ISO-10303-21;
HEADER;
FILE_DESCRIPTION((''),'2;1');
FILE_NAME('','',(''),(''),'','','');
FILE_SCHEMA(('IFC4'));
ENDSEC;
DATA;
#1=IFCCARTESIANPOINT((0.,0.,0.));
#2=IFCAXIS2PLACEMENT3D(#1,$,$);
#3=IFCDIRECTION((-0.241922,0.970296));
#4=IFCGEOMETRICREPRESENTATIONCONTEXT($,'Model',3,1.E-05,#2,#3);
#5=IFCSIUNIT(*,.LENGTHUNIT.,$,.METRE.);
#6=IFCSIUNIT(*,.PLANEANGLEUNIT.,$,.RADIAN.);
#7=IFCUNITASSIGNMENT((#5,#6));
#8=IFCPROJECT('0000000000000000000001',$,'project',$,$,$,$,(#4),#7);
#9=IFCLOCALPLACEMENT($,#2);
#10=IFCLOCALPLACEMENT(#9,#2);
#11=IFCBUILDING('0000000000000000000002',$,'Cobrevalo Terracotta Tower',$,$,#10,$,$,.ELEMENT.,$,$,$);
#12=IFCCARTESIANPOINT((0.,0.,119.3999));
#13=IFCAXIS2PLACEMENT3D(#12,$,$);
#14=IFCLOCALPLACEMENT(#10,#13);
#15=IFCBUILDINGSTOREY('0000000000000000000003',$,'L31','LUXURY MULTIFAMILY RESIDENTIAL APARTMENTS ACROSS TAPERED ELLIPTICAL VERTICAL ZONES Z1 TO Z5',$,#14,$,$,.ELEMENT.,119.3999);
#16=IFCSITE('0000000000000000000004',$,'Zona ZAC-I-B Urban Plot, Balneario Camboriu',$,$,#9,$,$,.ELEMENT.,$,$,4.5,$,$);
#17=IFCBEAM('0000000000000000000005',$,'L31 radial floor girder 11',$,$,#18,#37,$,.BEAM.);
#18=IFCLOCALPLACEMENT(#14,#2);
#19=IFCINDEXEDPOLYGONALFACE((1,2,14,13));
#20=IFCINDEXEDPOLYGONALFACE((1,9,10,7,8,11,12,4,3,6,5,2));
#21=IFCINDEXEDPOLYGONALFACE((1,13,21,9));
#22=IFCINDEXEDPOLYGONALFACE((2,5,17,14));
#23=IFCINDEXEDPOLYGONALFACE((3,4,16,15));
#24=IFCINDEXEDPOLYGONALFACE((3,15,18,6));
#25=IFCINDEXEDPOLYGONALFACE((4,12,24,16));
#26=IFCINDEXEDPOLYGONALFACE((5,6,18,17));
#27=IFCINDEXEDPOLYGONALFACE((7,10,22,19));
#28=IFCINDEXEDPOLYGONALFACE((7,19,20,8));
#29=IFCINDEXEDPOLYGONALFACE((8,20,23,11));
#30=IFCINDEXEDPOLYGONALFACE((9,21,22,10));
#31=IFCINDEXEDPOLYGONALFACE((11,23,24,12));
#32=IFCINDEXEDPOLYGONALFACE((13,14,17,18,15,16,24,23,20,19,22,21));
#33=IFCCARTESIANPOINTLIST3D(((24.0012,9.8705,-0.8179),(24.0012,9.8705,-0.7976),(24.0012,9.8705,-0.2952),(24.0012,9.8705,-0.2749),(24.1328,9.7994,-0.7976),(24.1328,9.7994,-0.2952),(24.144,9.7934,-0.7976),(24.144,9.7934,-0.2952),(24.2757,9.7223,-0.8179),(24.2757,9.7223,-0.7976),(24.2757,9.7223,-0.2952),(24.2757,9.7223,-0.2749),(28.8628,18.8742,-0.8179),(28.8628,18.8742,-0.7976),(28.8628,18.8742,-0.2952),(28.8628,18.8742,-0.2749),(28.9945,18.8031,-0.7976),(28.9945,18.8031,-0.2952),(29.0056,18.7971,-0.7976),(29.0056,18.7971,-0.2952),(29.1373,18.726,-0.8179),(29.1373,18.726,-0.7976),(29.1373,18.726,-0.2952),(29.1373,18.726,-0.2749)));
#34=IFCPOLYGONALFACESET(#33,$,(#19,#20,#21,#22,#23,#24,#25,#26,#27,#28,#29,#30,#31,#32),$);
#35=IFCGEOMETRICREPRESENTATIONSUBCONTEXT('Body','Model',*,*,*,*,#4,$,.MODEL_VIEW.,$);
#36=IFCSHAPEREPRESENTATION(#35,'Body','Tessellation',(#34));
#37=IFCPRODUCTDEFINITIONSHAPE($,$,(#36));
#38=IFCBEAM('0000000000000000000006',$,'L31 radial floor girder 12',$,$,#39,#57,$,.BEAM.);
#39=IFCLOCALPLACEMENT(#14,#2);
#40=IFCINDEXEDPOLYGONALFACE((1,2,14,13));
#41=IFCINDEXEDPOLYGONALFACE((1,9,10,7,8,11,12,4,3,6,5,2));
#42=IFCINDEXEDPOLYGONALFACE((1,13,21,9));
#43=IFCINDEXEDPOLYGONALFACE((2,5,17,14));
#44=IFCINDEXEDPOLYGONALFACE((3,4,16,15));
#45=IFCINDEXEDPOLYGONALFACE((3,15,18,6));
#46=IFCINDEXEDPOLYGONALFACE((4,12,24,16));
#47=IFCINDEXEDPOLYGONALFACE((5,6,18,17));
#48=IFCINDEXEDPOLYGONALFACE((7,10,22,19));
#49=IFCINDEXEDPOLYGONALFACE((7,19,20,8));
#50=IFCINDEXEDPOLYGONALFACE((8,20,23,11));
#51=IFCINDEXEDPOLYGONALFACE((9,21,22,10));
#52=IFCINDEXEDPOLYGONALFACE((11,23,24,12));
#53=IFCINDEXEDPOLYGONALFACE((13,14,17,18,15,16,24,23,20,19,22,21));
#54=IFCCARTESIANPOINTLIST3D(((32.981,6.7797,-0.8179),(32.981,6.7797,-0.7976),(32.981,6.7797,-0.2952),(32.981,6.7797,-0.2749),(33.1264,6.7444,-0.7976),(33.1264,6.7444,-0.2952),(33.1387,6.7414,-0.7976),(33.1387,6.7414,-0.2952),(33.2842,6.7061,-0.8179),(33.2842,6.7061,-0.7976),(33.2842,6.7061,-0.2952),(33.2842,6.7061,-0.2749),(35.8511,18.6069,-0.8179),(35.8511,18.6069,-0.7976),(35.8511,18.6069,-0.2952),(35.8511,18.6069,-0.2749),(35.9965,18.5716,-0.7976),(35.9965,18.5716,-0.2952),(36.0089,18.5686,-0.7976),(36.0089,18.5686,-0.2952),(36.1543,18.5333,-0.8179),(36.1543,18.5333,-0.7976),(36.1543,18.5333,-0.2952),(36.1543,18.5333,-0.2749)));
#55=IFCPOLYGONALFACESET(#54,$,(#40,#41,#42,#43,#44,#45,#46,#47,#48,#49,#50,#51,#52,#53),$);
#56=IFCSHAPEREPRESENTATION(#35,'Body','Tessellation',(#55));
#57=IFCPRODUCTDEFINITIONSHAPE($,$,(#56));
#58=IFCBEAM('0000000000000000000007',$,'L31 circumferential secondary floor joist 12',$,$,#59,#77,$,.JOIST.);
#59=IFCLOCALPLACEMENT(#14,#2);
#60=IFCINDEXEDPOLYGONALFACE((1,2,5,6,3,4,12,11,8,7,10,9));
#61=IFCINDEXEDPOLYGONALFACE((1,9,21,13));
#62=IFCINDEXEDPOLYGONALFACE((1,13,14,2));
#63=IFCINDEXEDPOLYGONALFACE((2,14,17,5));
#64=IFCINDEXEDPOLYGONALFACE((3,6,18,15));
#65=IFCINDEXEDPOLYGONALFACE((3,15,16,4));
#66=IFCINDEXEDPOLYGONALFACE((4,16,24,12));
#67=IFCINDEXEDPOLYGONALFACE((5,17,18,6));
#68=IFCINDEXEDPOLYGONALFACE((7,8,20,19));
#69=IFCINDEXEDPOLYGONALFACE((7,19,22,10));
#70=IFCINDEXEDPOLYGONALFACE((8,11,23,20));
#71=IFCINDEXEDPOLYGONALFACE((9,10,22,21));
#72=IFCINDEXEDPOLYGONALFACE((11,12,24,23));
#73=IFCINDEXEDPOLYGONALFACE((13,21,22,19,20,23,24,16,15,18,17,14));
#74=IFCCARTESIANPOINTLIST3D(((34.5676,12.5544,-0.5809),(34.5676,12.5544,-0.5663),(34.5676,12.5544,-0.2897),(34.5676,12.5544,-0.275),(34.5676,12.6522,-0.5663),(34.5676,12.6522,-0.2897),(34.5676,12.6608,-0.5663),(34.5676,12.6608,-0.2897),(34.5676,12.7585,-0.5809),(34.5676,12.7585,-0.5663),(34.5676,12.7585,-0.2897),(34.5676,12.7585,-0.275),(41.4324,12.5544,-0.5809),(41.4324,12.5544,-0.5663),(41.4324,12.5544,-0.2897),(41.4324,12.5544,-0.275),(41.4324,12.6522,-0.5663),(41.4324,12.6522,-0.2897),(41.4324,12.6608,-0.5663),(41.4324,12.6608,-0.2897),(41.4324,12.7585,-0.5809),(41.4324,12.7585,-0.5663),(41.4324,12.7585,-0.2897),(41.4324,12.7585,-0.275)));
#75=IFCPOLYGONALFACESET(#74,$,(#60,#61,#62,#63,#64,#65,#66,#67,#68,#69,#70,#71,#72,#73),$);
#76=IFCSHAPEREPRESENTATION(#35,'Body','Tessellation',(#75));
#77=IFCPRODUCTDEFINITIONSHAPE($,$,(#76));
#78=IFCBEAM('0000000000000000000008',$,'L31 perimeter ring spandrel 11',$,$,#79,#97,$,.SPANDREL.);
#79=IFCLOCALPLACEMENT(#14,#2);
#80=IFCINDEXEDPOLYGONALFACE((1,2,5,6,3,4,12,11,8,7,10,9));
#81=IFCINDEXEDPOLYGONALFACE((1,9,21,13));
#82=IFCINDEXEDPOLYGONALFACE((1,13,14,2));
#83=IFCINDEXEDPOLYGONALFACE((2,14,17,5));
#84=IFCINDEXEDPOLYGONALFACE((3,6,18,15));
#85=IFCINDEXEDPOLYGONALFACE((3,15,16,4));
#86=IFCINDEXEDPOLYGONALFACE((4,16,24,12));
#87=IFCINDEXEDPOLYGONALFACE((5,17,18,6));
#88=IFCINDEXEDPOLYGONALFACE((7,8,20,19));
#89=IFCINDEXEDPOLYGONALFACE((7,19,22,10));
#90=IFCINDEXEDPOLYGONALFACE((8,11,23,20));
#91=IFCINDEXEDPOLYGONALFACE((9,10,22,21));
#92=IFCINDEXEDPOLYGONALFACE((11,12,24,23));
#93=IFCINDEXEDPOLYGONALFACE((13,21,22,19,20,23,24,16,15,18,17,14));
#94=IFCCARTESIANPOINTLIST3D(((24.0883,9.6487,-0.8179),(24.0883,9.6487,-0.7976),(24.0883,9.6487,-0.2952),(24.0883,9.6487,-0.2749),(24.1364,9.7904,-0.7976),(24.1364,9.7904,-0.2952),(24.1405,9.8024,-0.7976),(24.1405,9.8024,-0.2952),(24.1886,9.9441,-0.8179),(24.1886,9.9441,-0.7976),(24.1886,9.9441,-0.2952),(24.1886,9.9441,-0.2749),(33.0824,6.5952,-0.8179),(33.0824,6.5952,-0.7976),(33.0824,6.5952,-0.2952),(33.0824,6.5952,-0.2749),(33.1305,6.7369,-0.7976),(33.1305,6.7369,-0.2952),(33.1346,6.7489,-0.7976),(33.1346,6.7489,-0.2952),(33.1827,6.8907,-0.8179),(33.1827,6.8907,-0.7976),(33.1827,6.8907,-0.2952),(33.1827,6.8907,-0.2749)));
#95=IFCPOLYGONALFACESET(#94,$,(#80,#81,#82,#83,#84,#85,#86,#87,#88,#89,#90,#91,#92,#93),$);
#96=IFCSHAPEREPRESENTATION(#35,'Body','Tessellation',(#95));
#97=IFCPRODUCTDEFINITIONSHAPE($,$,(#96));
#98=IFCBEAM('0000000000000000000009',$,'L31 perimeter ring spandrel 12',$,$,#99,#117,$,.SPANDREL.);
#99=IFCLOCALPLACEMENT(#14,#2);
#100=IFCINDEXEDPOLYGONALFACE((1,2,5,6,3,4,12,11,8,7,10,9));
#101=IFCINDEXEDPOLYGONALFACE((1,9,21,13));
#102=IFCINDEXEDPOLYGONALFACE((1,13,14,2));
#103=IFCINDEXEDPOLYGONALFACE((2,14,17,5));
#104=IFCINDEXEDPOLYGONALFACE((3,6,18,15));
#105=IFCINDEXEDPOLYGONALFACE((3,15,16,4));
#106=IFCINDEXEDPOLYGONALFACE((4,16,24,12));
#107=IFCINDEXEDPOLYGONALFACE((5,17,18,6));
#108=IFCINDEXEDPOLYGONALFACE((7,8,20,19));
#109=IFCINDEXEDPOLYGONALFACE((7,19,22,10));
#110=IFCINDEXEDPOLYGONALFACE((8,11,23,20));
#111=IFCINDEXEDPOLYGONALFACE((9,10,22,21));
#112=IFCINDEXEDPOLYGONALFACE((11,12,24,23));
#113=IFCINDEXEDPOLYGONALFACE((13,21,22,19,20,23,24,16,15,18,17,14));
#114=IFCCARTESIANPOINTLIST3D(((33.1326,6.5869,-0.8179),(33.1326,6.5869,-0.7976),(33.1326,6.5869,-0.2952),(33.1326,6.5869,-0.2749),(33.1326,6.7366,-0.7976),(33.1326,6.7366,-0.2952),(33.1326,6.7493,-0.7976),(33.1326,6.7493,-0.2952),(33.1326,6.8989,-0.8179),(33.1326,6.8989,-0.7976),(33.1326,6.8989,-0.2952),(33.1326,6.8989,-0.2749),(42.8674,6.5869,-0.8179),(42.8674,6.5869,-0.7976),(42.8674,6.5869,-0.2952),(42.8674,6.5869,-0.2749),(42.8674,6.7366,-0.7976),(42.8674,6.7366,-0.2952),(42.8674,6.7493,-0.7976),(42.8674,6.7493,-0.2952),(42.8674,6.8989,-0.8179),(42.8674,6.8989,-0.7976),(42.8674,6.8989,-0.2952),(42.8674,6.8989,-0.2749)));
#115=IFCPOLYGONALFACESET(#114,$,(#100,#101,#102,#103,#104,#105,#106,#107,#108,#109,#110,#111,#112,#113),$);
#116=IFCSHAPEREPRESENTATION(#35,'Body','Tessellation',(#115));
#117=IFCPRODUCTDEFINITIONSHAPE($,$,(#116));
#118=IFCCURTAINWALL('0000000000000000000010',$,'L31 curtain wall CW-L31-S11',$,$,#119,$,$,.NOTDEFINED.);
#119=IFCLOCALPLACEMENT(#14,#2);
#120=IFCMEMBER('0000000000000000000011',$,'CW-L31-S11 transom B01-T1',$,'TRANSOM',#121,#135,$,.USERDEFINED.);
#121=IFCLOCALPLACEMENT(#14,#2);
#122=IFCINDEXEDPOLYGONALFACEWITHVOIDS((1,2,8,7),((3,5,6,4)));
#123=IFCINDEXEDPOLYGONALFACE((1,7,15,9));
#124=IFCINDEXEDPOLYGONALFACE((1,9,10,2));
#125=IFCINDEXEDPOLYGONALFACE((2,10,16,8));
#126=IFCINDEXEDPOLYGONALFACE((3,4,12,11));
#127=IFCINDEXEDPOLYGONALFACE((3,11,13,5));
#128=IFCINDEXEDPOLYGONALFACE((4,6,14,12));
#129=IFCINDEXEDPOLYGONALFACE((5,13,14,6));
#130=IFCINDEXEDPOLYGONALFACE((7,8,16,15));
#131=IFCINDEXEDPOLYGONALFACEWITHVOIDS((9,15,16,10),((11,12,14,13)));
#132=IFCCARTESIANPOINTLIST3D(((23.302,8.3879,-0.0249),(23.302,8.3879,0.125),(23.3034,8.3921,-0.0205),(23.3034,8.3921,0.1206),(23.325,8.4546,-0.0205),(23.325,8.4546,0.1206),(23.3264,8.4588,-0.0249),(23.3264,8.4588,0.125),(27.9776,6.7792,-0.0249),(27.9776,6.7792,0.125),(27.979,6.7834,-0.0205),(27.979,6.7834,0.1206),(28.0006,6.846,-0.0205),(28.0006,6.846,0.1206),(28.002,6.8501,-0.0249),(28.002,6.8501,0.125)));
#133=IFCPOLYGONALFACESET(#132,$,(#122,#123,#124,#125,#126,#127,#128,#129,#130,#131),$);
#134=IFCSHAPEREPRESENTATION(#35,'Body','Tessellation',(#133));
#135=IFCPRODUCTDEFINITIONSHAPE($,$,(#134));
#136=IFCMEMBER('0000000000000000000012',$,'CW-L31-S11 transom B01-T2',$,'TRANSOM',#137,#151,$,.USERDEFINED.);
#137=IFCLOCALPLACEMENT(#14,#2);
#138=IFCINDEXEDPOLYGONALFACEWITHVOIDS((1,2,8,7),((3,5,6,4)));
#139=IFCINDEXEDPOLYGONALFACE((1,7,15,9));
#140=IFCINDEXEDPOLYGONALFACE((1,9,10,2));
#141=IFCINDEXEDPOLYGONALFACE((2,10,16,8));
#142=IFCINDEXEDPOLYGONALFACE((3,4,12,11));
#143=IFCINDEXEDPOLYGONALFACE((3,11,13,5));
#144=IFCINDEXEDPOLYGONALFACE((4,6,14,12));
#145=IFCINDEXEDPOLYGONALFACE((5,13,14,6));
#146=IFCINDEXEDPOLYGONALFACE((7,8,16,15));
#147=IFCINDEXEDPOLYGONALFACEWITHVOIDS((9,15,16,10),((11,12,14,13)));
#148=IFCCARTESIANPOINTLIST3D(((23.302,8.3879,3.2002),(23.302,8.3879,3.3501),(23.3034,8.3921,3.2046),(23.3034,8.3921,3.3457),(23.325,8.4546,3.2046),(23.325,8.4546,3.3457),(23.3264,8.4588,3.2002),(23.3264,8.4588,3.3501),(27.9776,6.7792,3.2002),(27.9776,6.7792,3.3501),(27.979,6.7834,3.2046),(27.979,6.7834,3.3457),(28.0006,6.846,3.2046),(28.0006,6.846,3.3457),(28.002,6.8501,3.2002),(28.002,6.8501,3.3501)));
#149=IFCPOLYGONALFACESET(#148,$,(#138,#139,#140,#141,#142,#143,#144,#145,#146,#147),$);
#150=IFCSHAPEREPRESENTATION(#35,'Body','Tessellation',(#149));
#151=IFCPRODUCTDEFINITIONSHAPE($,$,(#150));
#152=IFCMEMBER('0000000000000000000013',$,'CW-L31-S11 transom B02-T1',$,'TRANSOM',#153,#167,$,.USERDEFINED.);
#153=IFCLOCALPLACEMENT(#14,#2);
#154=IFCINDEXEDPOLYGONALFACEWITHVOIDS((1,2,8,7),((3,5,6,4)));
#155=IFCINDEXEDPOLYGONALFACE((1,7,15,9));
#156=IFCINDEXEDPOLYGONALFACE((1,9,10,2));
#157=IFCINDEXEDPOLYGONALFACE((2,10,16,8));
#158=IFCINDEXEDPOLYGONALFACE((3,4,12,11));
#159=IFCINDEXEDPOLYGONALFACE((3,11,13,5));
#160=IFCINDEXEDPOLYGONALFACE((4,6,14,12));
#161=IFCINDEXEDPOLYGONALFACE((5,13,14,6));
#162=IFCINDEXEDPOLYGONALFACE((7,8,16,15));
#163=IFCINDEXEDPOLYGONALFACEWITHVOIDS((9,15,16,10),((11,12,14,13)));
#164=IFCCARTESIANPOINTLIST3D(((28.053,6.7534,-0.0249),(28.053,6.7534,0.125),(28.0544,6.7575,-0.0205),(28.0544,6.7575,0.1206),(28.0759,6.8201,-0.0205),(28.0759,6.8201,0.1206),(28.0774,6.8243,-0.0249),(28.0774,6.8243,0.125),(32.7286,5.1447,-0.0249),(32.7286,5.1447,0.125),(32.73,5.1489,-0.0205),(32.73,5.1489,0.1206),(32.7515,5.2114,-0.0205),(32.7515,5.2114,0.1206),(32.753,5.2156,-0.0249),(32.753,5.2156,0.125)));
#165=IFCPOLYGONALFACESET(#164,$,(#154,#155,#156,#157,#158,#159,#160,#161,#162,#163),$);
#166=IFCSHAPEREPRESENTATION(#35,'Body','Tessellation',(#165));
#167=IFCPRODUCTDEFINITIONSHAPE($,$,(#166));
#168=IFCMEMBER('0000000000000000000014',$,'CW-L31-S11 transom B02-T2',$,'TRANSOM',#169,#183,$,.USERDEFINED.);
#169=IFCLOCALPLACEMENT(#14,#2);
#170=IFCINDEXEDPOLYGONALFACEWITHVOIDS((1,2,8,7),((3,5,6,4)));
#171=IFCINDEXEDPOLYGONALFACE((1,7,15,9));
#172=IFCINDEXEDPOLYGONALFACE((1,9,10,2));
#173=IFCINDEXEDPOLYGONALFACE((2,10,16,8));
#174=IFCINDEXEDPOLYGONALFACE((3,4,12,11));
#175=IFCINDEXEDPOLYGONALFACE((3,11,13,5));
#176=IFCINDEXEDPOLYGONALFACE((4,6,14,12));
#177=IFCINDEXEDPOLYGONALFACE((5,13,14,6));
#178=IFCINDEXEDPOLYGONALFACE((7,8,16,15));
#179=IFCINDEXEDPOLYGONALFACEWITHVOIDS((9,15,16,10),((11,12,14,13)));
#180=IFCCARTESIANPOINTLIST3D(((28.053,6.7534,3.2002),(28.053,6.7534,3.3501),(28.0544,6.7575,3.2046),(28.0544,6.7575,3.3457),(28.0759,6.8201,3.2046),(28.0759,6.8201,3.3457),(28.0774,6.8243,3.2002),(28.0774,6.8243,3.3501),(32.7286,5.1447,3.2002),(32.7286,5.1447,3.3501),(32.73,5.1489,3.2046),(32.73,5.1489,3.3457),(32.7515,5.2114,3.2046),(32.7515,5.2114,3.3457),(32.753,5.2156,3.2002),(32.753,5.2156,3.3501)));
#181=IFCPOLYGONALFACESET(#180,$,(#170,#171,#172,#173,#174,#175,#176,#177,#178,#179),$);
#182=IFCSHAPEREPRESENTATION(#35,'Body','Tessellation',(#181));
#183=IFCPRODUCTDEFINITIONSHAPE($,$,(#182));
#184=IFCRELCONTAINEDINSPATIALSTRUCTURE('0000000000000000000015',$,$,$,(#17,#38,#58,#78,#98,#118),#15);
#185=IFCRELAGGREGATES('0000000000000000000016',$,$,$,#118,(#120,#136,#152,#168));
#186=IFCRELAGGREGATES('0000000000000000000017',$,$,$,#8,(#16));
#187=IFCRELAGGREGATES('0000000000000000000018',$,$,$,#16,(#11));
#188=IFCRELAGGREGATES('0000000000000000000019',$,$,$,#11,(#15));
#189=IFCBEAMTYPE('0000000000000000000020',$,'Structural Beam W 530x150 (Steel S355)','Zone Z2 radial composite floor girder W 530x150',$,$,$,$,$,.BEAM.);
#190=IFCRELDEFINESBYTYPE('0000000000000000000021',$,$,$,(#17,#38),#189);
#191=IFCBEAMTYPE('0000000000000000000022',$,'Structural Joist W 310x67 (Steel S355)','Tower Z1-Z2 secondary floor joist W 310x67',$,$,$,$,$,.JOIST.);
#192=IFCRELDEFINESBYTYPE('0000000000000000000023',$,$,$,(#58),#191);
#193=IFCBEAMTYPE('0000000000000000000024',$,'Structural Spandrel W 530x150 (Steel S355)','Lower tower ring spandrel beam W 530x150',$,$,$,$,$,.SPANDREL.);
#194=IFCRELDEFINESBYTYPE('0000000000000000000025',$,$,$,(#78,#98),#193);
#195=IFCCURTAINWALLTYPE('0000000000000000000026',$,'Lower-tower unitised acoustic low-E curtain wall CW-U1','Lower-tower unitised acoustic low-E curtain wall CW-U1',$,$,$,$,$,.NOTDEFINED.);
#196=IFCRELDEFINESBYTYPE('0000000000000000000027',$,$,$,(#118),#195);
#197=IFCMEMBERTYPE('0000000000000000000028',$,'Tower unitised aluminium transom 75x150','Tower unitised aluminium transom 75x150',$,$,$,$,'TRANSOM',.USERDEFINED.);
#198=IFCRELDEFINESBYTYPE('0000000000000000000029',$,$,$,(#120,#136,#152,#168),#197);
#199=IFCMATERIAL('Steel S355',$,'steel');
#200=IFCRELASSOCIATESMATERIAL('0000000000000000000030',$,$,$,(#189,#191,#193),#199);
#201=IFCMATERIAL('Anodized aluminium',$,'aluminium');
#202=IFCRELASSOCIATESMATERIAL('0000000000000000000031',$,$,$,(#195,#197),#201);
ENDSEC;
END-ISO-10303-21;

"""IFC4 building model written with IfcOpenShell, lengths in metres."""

from ifc_helpers import new_model, si_unit, direction, frame, origin, origin_2d, place, context, subcontext, project, spatial, hollow_rectangle, i_section, extrude, source, transform, mapped, material, material_profile, profile_set, type_object, element, aggregate, save


model = new_model("IFC4")

# Units and contexts
model_context = context("Model", 3, precision=1e-05, world=origin(), true_north=direction((-0.241922, 0.970296)))
body_context = subcontext(model_context, "Body", "Model", "MODEL_VIEW")
ifc_project = project(units=[si_unit("LENGTHUNIT", "METRE"), si_unit("PLANEANGLEUNIT", "RADIAN")], contexts=[model_context])

# Site, building, storey
site_placement = place(None, origin())
site = spatial("IfcSite", under=ifc_project, at=site_placement, Name="Zona ZAC-I-B Urban Plot, Balneario Camboriu", CompositionType="ELEMENT", RefElevation=4.5)
building_placement = place(site_placement, origin())
building = spatial("IfcBuilding", under=site, at=building_placement, Name="Cobrevalo Terracotta Tower", CompositionType="ELEMENT")
storey_placement = place(building_placement, frame((0.0, 0.0, 119.3999)))
storey = spatial("IfcBuildingStorey", under=building, at=storey_placement, Name="L31", Description="LUXURY MULTIFAMILY RESIDENTIAL APARTMENTS ACROSS TAPERED ELLIPTICAL VERTICAL ZONES Z1 TO Z5", CompositionType="ELEMENT", Elevation=119.3999)

# Shared definitions
ifc_material_1 = material(Name="Steel S355", Category="steel")

# Beams
ifc_material_profile_1 = material_profile(ifc_material_1, i_section(OverallWidth=0.312, OverallDepth=0.543, WebThickness=0.0127, FlangeThickness=0.0203, at=origin_2d()), Name="W 530x150")
ifc_profile_set_1 = profile_set([ifc_material_profile_1], Name="Steel S355")
beam_type_1 = type_object("IfcBeamType", Name="Structural Beam W 530x150 (Steel S355)", Description="Zone Z2 radial composite floor girder W 530x150", PredefinedType="BEAM", material=ifc_profile_set_1)
beam_1_placement = place(storey_placement, frame((24.1384, 9.7964, -0.5464), z_axis=(0.475118, 0.879922, 0.0), x_axis=(-0.879922, 0.475118, 0.0)))
element("IfcBeam", 1, at=beam_1_placement, inside=storey, type_object=beam_type_1, Name="L31 radial floor girder 11", PredefinedType="BEAM", context=body_context, shape_type="SweptSolid", body=[
    extrude(i_section(OverallWidth=0.312, OverallDepth=0.543, WebThickness=0.0127, FlangeThickness=0.0203, at=origin_2d()), origin(), (0.0, 0.0, 1.0), 10.2324),
])
beam_2_placement = place(storey_placement, frame((33.1326, 6.7429, -0.5464), z_axis=(0.235827, 0.971795, 0.0), x_axis=(-0.971795, 0.235827, 0.0)))
element("IfcBeam", 2, at=beam_2_placement, inside=storey, type_object=beam_type_1, Name="L31 radial floor girder 12", PredefinedType="BEAM", context=body_context, shape_type="SweptSolid", body=[
    extrude(i_section(OverallWidth=0.312, OverallDepth=0.543, WebThickness=0.0127, FlangeThickness=0.0203, at=origin_2d()), origin(), (0.0, 0.0, 1.0), 12.1704),
])
ifc_material_profile_2 = material_profile(ifc_material_1, i_section(OverallWidth=0.2041, OverallDepth=0.3059, WebThickness=0.0085, FlangeThickness=0.0146, at=origin_2d()), Name="W 310x67")
ifc_profile_set_2 = profile_set([ifc_material_profile_2], Name="Steel S355")
beam_type_2 = type_object("IfcBeamType", Name="Structural Joist W 310x67 (Steel S355)", Description="Tower Z1-Z2 secondary floor joist W 310x67", PredefinedType="JOIST", material=ifc_profile_set_2)
beam_3_placement = place(storey_placement, frame((34.5676, 12.6565, -0.428), z_axis=(1.0, 0.0, 0.0), x_axis=(0.0, 1.0, 0.0)))
element("IfcBeam", 3, at=beam_3_placement, inside=storey, type_object=beam_type_2, Name="L31 circumferential secondary floor joist 12", PredefinedType="JOIST", context=body_context, shape_type="SweptSolid", body=[
    extrude(i_section(OverallWidth=0.2041, OverallDepth=0.3059, WebThickness=0.0085, FlangeThickness=0.0146, at=origin_2d()), origin(), (0.0, 0.0, 1.0), 6.8647),
])
ifc_material_profile_3 = material_profile(ifc_material_1, i_section(OverallWidth=0.312, OverallDepth=0.543, WebThickness=0.0127, FlangeThickness=0.0203, at=origin_2d()), Name="W 530x150")
ifc_profile_set_3 = profile_set([ifc_material_profile_3], Name="Steel S355")
beam_type_3 = type_object("IfcBeamType", Name="Structural Spandrel W 530x150 (Steel S355)", Description="Lower tower ring spandrel beam W 530x150", PredefinedType="SPANDREL", material=ifc_profile_set_3)
beam_4_placement = place(storey_placement, frame((24.1384, 9.7964, -0.5464), z_axis=(0.946918, -0.321474, 0.0), x_axis=(0.321474, 0.946918, 0.0)))
element("IfcBeam", 4, at=beam_4_placement, inside=storey, type_object=beam_type_3, Name="L31 perimeter ring spandrel 11", PredefinedType="SPANDREL", context=body_context, shape_type="SweptSolid", body=[
    extrude(i_section(OverallWidth=0.312, OverallDepth=0.543, WebThickness=0.0127, FlangeThickness=0.0203, at=origin_2d()), origin(), (0.0, 0.0, 1.0), 9.4983),
])
beam_5_placement = place(storey_placement, frame((33.1326, 6.7429, -0.5464), z_axis=(1.0, 0.0, 0.0), x_axis=(0.0, 1.0, 0.0)))
element("IfcBeam", 5, at=beam_5_placement, inside=storey, type_object=beam_type_3, Name="L31 perimeter ring spandrel 12", PredefinedType="SPANDREL", context=body_context, shape_type="SweptSolid", body=[
    extrude(i_section(OverallWidth=0.312, OverallDepth=0.543, WebThickness=0.0127, FlangeThickness=0.0203, at=origin_2d()), origin(), (0.0, 0.0, 1.0), 9.7349),
])

# Curtain wall, members
ifc_material_2 = material(Name="Anodized aluminium", Category="aluminium")
curtain_wall_type = type_object("IfcCurtainWallType", Name="Lower-tower unitised acoustic low-E curtain wall CW-U1", Description="Lower-tower unitised acoustic low-E curtain wall CW-U1", PredefinedType="NOTDEFINED", material=ifc_material_2)
curtain_wall_1_placement = place(storey_placement, origin())
curtain_wall_1 = element("IfcCurtainWall", 6, at=curtain_wall_1_placement, inside=storey, type_object=curtain_wall_type, Name="L31 curtain wall CW-L31-S11", PredefinedType="NOTDEFINED")
ifc_material_profile_4 = material_profile(ifc_material_2, hollow_rectangle(XDim=0.075, YDim=0.1499, WallThickness=0.0044, at=origin_2d()), Name="CWT 75x150")
ifc_profile_set_4 = profile_set([ifc_material_profile_4], Name="Anodized aluminium")
member_type_1 = type_object("IfcMemberType", Name="Tower unitised aluminium transom 75x150", Description="Tower unitised aluminium transom 75x150", ElementType="TRANSOM", PredefinedType="USERDEFINED", material=ifc_profile_set_4)
shared_shape_1 = source(origin(), body_context, "Body", "SweptSolid", [
    extrude(hollow_rectangle(XDim=0.075, YDim=0.1499, WallThickness=0.0044, at=origin_2d()), origin(), (0.0, 0.0, 1.0), 4.9446),
])
member_1_placement = place(storey_placement, frame((23.3142, 8.4233, 0.05), z_axis=(0.945598, -0.325338, 0.0), x_axis=(0.325338, 0.945598, 0.0)))
member_1 = element("IfcMember", 7, at=member_1_placement, type_object=member_type_1, Name="CW-L31-S11 transom B01-T1", ObjectType="TRANSOM", PredefinedType="USERDEFINED", context=body_context, shape_type="MappedRepresentation", body=[
    mapped(shared_shape_1, transform((0.0, 0.0, 0.0), scale=1.0)),
])
member_2_placement = place(storey_placement, frame((23.3142, 8.4233, 3.2751), z_axis=(0.945598, -0.325338, 0.0), x_axis=(0.325338, 0.945598, 0.0)))
member_2 = element("IfcMember", 8, at=member_2_placement, type_object=member_type_1, Name="CW-L31-S11 transom B01-T2", ObjectType="TRANSOM", PredefinedType="USERDEFINED", context=body_context, shape_type="MappedRepresentation", body=[
    mapped(shared_shape_1, transform((0.0, 0.0, 0.0), scale=1.0)),
])
member_3_placement = place(storey_placement, frame((28.0652, 6.7888, 0.05), z_axis=(0.945598, -0.325338, 0.0), x_axis=(0.325338, 0.945598, 0.0)))
member_3 = element("IfcMember", 9, at=member_3_placement, type_object=member_type_1, Name="CW-L31-S11 transom B02-T1", ObjectType="TRANSOM", PredefinedType="USERDEFINED", context=body_context, shape_type="MappedRepresentation", body=[
    mapped(shared_shape_1, transform((0.0, 0.0, 0.0), scale=1.0)),
])
member_4_placement = place(storey_placement, frame((28.0652, 6.7888, 3.2751), z_axis=(0.945598, -0.325338, 0.0), x_axis=(0.325338, 0.945598, 0.0)))
member_4 = element("IfcMember", 10, at=member_4_placement, type_object=member_type_1, Name="CW-L31-S11 transom B02-T2", ObjectType="TRANSOM", PredefinedType="USERDEFINED", context=body_context, shape_type="MappedRepresentation", body=[
    mapped(shared_shape_1, transform((0.0, 0.0, 0.0), scale=1.0)),
])

aggregate(curtain_wall_1, [member_1, member_2, member_3, member_4])

save(model, "model.ifc")
